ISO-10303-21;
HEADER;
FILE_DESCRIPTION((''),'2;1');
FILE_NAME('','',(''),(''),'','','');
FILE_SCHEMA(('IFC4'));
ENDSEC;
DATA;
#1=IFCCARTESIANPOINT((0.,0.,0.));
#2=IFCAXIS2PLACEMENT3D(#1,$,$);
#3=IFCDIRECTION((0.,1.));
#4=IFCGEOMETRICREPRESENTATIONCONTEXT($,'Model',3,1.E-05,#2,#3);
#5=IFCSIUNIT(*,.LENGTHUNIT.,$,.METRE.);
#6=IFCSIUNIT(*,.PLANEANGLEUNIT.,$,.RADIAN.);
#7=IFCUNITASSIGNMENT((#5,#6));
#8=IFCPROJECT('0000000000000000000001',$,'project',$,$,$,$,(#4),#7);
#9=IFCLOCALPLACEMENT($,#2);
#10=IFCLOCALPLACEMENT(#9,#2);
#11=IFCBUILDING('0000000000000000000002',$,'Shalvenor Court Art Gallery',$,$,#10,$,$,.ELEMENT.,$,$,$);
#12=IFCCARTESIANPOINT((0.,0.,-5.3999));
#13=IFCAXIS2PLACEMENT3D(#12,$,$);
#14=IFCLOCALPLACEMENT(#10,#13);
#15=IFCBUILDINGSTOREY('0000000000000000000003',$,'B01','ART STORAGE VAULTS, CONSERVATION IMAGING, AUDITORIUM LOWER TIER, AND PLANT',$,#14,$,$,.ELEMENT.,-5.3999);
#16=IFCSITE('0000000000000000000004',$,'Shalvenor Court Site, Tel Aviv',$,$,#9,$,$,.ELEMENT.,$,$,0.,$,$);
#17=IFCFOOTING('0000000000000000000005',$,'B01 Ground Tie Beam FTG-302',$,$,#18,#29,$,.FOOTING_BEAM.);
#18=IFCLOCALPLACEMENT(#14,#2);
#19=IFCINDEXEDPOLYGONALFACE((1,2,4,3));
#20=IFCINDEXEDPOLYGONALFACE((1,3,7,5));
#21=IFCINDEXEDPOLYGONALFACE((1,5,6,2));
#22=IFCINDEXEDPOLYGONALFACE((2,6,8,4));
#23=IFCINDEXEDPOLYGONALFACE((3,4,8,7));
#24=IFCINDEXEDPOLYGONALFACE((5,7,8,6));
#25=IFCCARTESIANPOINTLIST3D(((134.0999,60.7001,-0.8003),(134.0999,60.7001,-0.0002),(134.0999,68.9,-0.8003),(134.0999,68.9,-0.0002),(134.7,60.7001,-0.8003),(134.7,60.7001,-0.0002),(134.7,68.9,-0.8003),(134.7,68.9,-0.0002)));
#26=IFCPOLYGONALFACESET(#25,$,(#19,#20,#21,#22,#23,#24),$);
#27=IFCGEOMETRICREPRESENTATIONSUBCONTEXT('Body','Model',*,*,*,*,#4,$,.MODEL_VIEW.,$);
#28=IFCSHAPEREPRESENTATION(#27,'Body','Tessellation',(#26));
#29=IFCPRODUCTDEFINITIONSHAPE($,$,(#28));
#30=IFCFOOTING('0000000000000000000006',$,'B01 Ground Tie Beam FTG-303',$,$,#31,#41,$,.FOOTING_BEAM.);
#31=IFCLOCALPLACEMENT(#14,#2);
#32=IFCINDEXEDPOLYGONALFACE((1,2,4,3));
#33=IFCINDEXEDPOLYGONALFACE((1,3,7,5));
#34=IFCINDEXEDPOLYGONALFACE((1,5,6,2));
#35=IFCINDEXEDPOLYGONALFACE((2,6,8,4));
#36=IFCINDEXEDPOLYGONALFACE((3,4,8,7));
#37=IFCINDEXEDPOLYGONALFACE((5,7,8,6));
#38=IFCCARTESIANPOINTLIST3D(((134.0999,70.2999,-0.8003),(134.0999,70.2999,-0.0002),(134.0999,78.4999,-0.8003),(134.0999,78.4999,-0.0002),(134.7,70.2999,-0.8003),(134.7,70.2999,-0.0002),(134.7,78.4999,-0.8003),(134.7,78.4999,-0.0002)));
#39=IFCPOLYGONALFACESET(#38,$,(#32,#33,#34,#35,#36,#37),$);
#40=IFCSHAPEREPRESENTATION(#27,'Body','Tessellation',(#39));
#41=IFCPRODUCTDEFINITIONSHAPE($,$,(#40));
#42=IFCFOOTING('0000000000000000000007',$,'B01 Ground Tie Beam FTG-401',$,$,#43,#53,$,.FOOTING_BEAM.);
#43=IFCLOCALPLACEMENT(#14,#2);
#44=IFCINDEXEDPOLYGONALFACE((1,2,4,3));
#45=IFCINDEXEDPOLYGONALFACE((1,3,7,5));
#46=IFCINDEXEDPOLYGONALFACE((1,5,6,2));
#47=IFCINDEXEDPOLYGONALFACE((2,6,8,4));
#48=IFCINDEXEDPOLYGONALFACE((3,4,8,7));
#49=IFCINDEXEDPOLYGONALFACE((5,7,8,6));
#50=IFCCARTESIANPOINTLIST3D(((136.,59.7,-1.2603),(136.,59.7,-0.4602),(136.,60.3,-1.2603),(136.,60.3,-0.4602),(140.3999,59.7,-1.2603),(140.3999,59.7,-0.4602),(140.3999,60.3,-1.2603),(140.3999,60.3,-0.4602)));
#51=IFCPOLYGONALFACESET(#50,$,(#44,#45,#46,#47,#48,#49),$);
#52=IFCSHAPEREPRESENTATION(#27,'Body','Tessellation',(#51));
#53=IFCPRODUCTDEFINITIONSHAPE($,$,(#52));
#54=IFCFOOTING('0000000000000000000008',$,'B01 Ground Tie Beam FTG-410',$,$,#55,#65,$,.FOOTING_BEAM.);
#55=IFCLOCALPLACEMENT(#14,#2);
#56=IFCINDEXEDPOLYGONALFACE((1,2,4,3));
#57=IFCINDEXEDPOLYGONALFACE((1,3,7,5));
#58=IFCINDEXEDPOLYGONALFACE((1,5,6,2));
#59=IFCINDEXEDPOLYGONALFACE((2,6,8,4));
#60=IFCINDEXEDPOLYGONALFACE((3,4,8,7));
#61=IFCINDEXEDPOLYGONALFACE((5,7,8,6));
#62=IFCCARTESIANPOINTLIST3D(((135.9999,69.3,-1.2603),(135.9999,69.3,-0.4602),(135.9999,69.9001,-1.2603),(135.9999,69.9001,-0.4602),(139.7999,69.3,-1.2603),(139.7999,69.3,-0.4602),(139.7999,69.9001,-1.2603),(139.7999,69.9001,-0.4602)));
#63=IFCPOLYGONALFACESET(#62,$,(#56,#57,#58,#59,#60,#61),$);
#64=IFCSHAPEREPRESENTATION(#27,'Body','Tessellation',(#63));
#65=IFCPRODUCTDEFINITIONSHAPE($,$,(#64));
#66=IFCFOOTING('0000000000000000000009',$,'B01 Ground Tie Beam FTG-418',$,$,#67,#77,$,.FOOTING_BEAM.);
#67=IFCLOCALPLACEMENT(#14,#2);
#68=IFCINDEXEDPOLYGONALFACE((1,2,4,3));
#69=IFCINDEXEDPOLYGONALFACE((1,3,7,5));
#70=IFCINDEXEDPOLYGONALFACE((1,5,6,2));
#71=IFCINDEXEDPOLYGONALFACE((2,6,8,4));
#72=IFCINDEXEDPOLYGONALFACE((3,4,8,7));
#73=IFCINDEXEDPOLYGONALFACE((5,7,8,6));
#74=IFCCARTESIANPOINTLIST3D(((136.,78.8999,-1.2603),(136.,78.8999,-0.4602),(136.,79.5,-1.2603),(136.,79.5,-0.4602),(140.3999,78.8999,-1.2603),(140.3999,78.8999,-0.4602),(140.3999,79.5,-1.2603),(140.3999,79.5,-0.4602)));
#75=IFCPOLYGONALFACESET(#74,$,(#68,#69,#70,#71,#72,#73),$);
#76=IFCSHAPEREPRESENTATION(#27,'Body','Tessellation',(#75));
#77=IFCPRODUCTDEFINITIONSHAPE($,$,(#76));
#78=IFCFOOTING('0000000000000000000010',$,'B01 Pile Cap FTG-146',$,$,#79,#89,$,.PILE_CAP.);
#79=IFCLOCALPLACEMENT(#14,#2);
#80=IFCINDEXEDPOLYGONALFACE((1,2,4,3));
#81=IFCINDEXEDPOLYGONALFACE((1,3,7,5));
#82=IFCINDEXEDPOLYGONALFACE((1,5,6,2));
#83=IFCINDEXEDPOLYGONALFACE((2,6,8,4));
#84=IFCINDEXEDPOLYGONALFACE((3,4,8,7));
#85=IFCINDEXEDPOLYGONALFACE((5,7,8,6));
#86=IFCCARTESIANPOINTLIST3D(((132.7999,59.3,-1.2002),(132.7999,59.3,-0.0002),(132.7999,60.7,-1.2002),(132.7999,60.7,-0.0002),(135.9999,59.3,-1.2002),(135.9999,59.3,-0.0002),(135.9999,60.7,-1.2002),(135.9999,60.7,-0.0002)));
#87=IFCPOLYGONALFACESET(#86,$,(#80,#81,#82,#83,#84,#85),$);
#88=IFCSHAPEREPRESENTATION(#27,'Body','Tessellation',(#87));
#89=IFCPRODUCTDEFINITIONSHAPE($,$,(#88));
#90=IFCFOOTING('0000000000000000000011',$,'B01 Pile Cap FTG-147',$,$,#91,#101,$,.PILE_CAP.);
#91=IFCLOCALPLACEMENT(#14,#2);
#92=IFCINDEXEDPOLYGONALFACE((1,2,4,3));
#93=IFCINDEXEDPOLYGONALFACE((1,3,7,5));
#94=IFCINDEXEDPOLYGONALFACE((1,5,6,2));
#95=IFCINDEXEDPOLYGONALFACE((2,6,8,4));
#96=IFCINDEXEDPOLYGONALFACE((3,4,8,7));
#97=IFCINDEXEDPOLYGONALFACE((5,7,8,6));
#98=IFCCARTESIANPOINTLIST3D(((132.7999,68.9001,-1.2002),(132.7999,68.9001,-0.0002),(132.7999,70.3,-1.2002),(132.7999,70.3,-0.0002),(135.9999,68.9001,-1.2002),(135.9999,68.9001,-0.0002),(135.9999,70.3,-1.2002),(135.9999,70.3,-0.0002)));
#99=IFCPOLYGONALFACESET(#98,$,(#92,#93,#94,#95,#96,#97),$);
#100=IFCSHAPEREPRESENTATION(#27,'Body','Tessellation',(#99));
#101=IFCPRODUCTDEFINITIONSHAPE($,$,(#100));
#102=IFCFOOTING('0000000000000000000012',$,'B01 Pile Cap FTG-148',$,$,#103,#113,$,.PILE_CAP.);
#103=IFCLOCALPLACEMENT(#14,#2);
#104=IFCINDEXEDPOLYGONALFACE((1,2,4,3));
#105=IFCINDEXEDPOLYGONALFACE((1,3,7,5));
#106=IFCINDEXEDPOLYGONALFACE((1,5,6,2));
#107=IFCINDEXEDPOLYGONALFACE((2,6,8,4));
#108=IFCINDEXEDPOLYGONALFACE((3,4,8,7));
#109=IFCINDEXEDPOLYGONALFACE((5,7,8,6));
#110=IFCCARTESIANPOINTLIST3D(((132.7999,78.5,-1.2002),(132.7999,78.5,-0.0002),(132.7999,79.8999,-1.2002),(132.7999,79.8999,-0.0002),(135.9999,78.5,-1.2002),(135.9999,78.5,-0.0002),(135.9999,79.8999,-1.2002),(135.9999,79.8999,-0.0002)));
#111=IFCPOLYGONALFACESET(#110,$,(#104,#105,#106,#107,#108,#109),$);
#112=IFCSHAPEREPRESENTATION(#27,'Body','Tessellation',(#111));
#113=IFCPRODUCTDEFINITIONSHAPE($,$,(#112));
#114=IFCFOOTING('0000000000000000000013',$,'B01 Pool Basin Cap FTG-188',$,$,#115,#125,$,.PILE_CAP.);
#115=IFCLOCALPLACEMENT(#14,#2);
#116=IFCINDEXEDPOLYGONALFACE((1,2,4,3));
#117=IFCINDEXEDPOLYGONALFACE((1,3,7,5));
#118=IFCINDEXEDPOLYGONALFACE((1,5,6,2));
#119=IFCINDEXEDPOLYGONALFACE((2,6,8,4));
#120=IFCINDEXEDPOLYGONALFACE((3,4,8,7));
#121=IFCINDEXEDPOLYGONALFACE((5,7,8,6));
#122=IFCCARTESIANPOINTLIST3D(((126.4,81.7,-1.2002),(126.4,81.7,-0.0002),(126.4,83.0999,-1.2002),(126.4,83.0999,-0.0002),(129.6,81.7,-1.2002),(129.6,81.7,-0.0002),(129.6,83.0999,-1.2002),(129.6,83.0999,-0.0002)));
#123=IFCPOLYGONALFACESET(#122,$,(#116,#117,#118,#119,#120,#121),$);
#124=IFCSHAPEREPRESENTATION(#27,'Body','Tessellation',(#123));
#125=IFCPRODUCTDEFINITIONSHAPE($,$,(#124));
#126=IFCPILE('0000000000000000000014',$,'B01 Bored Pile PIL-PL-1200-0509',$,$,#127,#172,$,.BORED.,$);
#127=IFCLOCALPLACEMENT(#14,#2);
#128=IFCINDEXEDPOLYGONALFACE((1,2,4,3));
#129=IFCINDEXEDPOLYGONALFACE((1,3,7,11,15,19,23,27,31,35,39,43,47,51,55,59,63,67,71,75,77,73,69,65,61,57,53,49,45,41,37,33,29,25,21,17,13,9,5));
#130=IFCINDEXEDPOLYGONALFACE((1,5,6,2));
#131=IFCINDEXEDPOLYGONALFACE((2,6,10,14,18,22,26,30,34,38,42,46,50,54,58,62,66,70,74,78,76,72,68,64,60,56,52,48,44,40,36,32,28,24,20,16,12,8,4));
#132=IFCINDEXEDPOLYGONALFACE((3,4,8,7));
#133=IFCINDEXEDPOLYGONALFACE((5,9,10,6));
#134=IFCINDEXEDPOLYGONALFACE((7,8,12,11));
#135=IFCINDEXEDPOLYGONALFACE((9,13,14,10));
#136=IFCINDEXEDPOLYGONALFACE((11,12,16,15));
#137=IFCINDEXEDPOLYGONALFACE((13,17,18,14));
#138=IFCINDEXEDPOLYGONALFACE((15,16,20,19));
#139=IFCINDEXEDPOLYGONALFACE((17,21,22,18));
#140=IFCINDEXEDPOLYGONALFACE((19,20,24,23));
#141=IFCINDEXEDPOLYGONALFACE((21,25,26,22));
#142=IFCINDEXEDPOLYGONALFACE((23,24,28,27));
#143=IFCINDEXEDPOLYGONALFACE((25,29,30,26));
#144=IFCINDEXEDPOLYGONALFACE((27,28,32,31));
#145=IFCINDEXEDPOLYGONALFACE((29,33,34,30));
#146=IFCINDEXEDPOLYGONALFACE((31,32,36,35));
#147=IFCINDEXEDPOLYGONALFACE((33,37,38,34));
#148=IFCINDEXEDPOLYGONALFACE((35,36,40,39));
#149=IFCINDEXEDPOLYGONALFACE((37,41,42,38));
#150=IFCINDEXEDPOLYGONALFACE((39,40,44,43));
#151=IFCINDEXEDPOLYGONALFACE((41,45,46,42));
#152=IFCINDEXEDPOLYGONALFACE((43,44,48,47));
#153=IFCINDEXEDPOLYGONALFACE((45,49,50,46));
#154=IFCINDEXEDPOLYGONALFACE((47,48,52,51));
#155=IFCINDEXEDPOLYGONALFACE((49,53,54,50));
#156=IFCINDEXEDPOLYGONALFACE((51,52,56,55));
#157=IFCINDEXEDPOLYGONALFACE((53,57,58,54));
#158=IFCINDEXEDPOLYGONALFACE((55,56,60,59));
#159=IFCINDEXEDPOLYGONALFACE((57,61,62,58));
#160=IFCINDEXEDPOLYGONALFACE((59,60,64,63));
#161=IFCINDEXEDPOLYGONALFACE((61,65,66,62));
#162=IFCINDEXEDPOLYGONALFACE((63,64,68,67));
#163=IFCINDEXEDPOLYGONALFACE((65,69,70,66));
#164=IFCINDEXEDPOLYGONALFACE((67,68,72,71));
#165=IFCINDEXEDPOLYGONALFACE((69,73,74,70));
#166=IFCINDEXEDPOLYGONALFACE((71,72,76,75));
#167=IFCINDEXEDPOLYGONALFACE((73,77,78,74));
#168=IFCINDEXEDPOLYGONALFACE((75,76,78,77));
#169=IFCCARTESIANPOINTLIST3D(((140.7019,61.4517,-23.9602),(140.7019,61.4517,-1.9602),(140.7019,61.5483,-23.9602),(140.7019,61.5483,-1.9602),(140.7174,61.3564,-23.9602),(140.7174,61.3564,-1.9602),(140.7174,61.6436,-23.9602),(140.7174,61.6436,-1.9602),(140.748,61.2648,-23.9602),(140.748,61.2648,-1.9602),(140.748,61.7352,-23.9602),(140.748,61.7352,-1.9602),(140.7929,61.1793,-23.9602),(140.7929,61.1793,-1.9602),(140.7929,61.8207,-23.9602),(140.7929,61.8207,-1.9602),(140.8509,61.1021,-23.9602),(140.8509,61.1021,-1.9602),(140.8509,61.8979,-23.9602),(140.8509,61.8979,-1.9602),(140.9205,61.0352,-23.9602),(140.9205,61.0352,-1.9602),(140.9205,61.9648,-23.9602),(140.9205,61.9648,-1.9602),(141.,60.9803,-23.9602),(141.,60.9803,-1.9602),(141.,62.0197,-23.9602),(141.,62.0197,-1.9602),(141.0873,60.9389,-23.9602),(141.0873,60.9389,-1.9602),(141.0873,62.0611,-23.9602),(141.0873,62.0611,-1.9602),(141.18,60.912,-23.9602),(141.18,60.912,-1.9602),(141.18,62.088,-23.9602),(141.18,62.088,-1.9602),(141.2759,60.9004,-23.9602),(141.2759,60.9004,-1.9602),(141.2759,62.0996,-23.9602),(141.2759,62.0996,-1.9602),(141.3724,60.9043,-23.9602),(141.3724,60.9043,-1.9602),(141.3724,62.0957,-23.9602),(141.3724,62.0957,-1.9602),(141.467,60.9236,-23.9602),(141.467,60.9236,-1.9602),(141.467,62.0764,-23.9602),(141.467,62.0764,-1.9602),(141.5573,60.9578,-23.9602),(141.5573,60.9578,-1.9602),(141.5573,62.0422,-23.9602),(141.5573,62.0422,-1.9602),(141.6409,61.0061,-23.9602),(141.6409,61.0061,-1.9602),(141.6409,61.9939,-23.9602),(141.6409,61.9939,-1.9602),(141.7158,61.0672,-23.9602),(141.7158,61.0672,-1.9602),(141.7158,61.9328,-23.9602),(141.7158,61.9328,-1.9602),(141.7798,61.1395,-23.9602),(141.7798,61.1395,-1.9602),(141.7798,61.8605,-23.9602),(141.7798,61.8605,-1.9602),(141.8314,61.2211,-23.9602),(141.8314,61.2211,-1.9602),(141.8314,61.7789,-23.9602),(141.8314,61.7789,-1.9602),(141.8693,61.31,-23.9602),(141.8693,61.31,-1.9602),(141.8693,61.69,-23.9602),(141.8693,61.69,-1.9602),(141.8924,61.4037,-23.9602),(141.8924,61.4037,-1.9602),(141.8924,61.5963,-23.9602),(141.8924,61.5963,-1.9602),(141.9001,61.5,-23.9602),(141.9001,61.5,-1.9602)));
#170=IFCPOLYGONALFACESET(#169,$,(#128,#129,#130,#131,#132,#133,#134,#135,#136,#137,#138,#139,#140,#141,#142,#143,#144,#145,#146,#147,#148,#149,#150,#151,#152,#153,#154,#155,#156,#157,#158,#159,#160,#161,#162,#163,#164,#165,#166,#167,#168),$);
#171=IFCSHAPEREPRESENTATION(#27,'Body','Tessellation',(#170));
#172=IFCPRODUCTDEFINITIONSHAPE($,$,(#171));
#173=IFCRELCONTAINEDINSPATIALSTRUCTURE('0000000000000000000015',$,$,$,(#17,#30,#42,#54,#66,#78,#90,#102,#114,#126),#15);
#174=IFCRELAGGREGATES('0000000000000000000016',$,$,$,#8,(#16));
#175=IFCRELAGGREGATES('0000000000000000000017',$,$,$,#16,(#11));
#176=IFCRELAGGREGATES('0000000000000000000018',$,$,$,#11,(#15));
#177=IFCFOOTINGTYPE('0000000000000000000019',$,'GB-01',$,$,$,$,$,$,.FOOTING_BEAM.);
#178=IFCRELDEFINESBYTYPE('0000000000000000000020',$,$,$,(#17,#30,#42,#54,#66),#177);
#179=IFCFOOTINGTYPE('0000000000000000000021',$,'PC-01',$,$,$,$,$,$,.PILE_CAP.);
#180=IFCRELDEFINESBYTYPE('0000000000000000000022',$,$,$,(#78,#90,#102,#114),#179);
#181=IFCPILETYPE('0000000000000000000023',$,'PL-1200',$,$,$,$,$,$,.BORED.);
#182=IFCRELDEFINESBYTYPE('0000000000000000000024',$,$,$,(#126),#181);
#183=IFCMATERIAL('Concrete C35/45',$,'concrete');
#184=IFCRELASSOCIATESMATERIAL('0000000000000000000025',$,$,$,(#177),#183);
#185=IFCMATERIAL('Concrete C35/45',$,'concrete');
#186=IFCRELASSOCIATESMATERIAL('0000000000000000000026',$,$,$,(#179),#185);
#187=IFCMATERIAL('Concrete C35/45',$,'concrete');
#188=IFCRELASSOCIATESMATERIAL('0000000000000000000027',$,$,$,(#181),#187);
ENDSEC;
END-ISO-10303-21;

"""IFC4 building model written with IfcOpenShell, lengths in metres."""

from ifc_helpers import new_model, si_unit, direction, frame, origin, origin_2d, place, context, subcontext, project, spatial, rectangle, circle, extrude, material, material_profile, profile_set, type_object, element, save


model = new_model("IFC4")

# Units and contexts
model_context = context("Model", 3, precision=1e-05, world=origin(), true_north=direction((0.0, 1.0)))
body_context = subcontext(model_context, "Body", "Model", "MODEL_VIEW")
ifc_project = project(units=[si_unit("LENGTHUNIT", "METRE"), si_unit("PLANEANGLEUNIT", "RADIAN")], contexts=[model_context])

# Site, building, storey
site_placement = place(None, origin())
site = spatial("IfcSite", under=ifc_project, at=site_placement, Name="Shalvenor Court Site, Tel Aviv", CompositionType="ELEMENT", RefElevation=0.0)
building_placement = place(site_placement, origin())
building = spatial("IfcBuilding", under=site, at=building_placement, Name="Shalvenor Court Art Gallery", CompositionType="ELEMENT")
storey_placement = place(building_placement, frame((0.0, 0.0, -5.3999)))
storey = spatial("IfcBuildingStorey", under=building, at=storey_placement, Name="B01", Description="ART STORAGE VAULTS, CONSERVATION IMAGING, AUDITORIUM LOWER TIER, AND PLANT", CompositionType="ELEMENT", Elevation=-5.3999)

# Footings
ifc_material_1 = material(Name="Concrete C35/45", Category="concrete")
footing_type_1 = type_object("IfcFootingType", Name="GB-01", PredefinedType="FOOTING_BEAM", material=ifc_material_1)
for number, where, z_axis, x_axis, name in (
    (1, (134.3999, 64.8, -0.8003), (0.0, 0.0, 1.0), (0.0, 1.0, 0.0), "B01 Ground Tie Beam FTG-302"),
    (2, (134.3999, 74.3999, -0.8003), (0.0, 0.0, 1.0), (0.0, 1.0, 0.0), "B01 Ground Tie Beam FTG-303"),
):
    element("IfcFooting", number, at=place(storey_placement, frame(where, z_axis=z_axis, x_axis=x_axis)), inside=storey, type_object=footing_type_1, Name=name, PredefinedType="FOOTING_BEAM", context=body_context, shape_type="SweptSolid", body=[
        extrude(rectangle(XDim=8.2, YDim=0.6001, at=origin_2d()), origin(), (0.0, 0.0, 1.0), 0.8),
    ])
footing_1_placement = place(storey_placement, frame((138.2, 60.0, -1.2603), z_axis=(0.0, 0.0, 1.0), x_axis=(1.0, 0.0, 0.0)))
element("IfcFooting", 3, at=footing_1_placement, inside=storey, type_object=footing_type_1, Name="B01 Ground Tie Beam FTG-401", PredefinedType="FOOTING_BEAM", context=body_context, shape_type="SweptSolid", body=[
    extrude(rectangle(XDim=4.3999, YDim=0.6001, at=origin_2d()), origin(), (0.0, 0.0, 1.0), 0.8),
])
footing_2_placement = place(storey_placement, frame((137.8999, 69.6001, -1.2603), z_axis=(0.0, 0.0, 1.0), x_axis=(1.0, 0.0, 0.0)))
element("IfcFooting", 4, at=footing_2_placement, inside=storey, type_object=footing_type_1, Name="B01 Ground Tie Beam FTG-410", PredefinedType="FOOTING_BEAM", context=body_context, shape_type="SweptSolid", body=[
    extrude(rectangle(XDim=3.8, YDim=0.6001, at=origin_2d()), origin(), (0.0, 0.0, 1.0), 0.8),
])
footing_3_placement = place(storey_placement, frame((138.2, 79.2, -1.2603), z_axis=(0.0, 0.0, 1.0), x_axis=(1.0, 0.0, 0.0)))
element("IfcFooting", 5, at=footing_3_placement, inside=storey, type_object=footing_type_1, Name="B01 Ground Tie Beam FTG-418", PredefinedType="FOOTING_BEAM", context=body_context, shape_type="SweptSolid", body=[
    extrude(rectangle(XDim=4.3999, YDim=0.6001, at=origin_2d()), origin(), (0.0, 0.0, 1.0), 0.8),
])
ifc_material_2 = material(Name="Concrete C35/45", Category="concrete")
footing_type_2 = type_object("IfcFootingType", Name="PC-01", PredefinedType="PILE_CAP", material=ifc_material_2)
for number, where, z_axis, x_axis, name in (
    (6, (134.3999, 60.0, -1.2002), (0.0, 0.0, 1.0), (1.0, 0.0, 0.0), "B01 Pile Cap FTG-146"),
    (7, (134.3999, 69.6001, -1.2002), (0.0, 0.0, 1.0), (1.0, 0.0, 0.0), "B01 Pile Cap FTG-147"),
    (8, (134.3999, 79.2, -1.2002), (0.0, 0.0, 1.0), (1.0, 0.0, 0.0), "B01 Pile Cap FTG-148"),
    (9, (128.0, 82.3999, -1.2002), (0.0, 0.0, 1.0), (1.0, 0.0, 0.0), "B01 Pool Basin Cap FTG-188"),
):
    element("IfcFooting", number, at=place(storey_placement, frame(where, z_axis=z_axis, x_axis=x_axis)), inside=storey, type_object=footing_type_2, Name=name, PredefinedType="PILE_CAP", context=body_context, shape_type="SweptSolid", body=[
        extrude(rectangle(XDim=3.2, YDim=1.3999, at=origin_2d()), origin(), (0.0, 0.0, 1.0), 1.2),
    ])

# Pile
ifc_material_3 = material(Name="Concrete C35/45", Category="concrete")
ifc_material_profile_1 = material_profile(ifc_material_3, circle(Radius=0.6001, at=origin_2d()), Name="PILE 1200")
ifc_profile_set_1 = profile_set([ifc_material_profile_1], Name="Concrete C35/45")
pile_type_1 = type_object("IfcPileType", Name="PL-1200", PredefinedType="BORED", material=ifc_profile_set_1)
for number, where, z_axis, x_axis, name in (
    (10, (141.3, 61.5, -1.9602), (0.0, 0.0, -1.0), (1.0, 0.0, 0.0), "B01 Bored Pile PIL-PL-1200-0509"),
):
    element("IfcPile", number, at=place(storey_placement, frame(where, z_axis=z_axis, x_axis=x_axis)), inside=storey, type_object=pile_type_1, Name=name, PredefinedType="BORED", context=body_context, shape_type="SweptSolid", body=[
        extrude(circle(Radius=0.6001, at=origin_2d()), origin(), (0.0, 0.0, 1.0), 22.0),
    ])

save(model, "model.ifc")
